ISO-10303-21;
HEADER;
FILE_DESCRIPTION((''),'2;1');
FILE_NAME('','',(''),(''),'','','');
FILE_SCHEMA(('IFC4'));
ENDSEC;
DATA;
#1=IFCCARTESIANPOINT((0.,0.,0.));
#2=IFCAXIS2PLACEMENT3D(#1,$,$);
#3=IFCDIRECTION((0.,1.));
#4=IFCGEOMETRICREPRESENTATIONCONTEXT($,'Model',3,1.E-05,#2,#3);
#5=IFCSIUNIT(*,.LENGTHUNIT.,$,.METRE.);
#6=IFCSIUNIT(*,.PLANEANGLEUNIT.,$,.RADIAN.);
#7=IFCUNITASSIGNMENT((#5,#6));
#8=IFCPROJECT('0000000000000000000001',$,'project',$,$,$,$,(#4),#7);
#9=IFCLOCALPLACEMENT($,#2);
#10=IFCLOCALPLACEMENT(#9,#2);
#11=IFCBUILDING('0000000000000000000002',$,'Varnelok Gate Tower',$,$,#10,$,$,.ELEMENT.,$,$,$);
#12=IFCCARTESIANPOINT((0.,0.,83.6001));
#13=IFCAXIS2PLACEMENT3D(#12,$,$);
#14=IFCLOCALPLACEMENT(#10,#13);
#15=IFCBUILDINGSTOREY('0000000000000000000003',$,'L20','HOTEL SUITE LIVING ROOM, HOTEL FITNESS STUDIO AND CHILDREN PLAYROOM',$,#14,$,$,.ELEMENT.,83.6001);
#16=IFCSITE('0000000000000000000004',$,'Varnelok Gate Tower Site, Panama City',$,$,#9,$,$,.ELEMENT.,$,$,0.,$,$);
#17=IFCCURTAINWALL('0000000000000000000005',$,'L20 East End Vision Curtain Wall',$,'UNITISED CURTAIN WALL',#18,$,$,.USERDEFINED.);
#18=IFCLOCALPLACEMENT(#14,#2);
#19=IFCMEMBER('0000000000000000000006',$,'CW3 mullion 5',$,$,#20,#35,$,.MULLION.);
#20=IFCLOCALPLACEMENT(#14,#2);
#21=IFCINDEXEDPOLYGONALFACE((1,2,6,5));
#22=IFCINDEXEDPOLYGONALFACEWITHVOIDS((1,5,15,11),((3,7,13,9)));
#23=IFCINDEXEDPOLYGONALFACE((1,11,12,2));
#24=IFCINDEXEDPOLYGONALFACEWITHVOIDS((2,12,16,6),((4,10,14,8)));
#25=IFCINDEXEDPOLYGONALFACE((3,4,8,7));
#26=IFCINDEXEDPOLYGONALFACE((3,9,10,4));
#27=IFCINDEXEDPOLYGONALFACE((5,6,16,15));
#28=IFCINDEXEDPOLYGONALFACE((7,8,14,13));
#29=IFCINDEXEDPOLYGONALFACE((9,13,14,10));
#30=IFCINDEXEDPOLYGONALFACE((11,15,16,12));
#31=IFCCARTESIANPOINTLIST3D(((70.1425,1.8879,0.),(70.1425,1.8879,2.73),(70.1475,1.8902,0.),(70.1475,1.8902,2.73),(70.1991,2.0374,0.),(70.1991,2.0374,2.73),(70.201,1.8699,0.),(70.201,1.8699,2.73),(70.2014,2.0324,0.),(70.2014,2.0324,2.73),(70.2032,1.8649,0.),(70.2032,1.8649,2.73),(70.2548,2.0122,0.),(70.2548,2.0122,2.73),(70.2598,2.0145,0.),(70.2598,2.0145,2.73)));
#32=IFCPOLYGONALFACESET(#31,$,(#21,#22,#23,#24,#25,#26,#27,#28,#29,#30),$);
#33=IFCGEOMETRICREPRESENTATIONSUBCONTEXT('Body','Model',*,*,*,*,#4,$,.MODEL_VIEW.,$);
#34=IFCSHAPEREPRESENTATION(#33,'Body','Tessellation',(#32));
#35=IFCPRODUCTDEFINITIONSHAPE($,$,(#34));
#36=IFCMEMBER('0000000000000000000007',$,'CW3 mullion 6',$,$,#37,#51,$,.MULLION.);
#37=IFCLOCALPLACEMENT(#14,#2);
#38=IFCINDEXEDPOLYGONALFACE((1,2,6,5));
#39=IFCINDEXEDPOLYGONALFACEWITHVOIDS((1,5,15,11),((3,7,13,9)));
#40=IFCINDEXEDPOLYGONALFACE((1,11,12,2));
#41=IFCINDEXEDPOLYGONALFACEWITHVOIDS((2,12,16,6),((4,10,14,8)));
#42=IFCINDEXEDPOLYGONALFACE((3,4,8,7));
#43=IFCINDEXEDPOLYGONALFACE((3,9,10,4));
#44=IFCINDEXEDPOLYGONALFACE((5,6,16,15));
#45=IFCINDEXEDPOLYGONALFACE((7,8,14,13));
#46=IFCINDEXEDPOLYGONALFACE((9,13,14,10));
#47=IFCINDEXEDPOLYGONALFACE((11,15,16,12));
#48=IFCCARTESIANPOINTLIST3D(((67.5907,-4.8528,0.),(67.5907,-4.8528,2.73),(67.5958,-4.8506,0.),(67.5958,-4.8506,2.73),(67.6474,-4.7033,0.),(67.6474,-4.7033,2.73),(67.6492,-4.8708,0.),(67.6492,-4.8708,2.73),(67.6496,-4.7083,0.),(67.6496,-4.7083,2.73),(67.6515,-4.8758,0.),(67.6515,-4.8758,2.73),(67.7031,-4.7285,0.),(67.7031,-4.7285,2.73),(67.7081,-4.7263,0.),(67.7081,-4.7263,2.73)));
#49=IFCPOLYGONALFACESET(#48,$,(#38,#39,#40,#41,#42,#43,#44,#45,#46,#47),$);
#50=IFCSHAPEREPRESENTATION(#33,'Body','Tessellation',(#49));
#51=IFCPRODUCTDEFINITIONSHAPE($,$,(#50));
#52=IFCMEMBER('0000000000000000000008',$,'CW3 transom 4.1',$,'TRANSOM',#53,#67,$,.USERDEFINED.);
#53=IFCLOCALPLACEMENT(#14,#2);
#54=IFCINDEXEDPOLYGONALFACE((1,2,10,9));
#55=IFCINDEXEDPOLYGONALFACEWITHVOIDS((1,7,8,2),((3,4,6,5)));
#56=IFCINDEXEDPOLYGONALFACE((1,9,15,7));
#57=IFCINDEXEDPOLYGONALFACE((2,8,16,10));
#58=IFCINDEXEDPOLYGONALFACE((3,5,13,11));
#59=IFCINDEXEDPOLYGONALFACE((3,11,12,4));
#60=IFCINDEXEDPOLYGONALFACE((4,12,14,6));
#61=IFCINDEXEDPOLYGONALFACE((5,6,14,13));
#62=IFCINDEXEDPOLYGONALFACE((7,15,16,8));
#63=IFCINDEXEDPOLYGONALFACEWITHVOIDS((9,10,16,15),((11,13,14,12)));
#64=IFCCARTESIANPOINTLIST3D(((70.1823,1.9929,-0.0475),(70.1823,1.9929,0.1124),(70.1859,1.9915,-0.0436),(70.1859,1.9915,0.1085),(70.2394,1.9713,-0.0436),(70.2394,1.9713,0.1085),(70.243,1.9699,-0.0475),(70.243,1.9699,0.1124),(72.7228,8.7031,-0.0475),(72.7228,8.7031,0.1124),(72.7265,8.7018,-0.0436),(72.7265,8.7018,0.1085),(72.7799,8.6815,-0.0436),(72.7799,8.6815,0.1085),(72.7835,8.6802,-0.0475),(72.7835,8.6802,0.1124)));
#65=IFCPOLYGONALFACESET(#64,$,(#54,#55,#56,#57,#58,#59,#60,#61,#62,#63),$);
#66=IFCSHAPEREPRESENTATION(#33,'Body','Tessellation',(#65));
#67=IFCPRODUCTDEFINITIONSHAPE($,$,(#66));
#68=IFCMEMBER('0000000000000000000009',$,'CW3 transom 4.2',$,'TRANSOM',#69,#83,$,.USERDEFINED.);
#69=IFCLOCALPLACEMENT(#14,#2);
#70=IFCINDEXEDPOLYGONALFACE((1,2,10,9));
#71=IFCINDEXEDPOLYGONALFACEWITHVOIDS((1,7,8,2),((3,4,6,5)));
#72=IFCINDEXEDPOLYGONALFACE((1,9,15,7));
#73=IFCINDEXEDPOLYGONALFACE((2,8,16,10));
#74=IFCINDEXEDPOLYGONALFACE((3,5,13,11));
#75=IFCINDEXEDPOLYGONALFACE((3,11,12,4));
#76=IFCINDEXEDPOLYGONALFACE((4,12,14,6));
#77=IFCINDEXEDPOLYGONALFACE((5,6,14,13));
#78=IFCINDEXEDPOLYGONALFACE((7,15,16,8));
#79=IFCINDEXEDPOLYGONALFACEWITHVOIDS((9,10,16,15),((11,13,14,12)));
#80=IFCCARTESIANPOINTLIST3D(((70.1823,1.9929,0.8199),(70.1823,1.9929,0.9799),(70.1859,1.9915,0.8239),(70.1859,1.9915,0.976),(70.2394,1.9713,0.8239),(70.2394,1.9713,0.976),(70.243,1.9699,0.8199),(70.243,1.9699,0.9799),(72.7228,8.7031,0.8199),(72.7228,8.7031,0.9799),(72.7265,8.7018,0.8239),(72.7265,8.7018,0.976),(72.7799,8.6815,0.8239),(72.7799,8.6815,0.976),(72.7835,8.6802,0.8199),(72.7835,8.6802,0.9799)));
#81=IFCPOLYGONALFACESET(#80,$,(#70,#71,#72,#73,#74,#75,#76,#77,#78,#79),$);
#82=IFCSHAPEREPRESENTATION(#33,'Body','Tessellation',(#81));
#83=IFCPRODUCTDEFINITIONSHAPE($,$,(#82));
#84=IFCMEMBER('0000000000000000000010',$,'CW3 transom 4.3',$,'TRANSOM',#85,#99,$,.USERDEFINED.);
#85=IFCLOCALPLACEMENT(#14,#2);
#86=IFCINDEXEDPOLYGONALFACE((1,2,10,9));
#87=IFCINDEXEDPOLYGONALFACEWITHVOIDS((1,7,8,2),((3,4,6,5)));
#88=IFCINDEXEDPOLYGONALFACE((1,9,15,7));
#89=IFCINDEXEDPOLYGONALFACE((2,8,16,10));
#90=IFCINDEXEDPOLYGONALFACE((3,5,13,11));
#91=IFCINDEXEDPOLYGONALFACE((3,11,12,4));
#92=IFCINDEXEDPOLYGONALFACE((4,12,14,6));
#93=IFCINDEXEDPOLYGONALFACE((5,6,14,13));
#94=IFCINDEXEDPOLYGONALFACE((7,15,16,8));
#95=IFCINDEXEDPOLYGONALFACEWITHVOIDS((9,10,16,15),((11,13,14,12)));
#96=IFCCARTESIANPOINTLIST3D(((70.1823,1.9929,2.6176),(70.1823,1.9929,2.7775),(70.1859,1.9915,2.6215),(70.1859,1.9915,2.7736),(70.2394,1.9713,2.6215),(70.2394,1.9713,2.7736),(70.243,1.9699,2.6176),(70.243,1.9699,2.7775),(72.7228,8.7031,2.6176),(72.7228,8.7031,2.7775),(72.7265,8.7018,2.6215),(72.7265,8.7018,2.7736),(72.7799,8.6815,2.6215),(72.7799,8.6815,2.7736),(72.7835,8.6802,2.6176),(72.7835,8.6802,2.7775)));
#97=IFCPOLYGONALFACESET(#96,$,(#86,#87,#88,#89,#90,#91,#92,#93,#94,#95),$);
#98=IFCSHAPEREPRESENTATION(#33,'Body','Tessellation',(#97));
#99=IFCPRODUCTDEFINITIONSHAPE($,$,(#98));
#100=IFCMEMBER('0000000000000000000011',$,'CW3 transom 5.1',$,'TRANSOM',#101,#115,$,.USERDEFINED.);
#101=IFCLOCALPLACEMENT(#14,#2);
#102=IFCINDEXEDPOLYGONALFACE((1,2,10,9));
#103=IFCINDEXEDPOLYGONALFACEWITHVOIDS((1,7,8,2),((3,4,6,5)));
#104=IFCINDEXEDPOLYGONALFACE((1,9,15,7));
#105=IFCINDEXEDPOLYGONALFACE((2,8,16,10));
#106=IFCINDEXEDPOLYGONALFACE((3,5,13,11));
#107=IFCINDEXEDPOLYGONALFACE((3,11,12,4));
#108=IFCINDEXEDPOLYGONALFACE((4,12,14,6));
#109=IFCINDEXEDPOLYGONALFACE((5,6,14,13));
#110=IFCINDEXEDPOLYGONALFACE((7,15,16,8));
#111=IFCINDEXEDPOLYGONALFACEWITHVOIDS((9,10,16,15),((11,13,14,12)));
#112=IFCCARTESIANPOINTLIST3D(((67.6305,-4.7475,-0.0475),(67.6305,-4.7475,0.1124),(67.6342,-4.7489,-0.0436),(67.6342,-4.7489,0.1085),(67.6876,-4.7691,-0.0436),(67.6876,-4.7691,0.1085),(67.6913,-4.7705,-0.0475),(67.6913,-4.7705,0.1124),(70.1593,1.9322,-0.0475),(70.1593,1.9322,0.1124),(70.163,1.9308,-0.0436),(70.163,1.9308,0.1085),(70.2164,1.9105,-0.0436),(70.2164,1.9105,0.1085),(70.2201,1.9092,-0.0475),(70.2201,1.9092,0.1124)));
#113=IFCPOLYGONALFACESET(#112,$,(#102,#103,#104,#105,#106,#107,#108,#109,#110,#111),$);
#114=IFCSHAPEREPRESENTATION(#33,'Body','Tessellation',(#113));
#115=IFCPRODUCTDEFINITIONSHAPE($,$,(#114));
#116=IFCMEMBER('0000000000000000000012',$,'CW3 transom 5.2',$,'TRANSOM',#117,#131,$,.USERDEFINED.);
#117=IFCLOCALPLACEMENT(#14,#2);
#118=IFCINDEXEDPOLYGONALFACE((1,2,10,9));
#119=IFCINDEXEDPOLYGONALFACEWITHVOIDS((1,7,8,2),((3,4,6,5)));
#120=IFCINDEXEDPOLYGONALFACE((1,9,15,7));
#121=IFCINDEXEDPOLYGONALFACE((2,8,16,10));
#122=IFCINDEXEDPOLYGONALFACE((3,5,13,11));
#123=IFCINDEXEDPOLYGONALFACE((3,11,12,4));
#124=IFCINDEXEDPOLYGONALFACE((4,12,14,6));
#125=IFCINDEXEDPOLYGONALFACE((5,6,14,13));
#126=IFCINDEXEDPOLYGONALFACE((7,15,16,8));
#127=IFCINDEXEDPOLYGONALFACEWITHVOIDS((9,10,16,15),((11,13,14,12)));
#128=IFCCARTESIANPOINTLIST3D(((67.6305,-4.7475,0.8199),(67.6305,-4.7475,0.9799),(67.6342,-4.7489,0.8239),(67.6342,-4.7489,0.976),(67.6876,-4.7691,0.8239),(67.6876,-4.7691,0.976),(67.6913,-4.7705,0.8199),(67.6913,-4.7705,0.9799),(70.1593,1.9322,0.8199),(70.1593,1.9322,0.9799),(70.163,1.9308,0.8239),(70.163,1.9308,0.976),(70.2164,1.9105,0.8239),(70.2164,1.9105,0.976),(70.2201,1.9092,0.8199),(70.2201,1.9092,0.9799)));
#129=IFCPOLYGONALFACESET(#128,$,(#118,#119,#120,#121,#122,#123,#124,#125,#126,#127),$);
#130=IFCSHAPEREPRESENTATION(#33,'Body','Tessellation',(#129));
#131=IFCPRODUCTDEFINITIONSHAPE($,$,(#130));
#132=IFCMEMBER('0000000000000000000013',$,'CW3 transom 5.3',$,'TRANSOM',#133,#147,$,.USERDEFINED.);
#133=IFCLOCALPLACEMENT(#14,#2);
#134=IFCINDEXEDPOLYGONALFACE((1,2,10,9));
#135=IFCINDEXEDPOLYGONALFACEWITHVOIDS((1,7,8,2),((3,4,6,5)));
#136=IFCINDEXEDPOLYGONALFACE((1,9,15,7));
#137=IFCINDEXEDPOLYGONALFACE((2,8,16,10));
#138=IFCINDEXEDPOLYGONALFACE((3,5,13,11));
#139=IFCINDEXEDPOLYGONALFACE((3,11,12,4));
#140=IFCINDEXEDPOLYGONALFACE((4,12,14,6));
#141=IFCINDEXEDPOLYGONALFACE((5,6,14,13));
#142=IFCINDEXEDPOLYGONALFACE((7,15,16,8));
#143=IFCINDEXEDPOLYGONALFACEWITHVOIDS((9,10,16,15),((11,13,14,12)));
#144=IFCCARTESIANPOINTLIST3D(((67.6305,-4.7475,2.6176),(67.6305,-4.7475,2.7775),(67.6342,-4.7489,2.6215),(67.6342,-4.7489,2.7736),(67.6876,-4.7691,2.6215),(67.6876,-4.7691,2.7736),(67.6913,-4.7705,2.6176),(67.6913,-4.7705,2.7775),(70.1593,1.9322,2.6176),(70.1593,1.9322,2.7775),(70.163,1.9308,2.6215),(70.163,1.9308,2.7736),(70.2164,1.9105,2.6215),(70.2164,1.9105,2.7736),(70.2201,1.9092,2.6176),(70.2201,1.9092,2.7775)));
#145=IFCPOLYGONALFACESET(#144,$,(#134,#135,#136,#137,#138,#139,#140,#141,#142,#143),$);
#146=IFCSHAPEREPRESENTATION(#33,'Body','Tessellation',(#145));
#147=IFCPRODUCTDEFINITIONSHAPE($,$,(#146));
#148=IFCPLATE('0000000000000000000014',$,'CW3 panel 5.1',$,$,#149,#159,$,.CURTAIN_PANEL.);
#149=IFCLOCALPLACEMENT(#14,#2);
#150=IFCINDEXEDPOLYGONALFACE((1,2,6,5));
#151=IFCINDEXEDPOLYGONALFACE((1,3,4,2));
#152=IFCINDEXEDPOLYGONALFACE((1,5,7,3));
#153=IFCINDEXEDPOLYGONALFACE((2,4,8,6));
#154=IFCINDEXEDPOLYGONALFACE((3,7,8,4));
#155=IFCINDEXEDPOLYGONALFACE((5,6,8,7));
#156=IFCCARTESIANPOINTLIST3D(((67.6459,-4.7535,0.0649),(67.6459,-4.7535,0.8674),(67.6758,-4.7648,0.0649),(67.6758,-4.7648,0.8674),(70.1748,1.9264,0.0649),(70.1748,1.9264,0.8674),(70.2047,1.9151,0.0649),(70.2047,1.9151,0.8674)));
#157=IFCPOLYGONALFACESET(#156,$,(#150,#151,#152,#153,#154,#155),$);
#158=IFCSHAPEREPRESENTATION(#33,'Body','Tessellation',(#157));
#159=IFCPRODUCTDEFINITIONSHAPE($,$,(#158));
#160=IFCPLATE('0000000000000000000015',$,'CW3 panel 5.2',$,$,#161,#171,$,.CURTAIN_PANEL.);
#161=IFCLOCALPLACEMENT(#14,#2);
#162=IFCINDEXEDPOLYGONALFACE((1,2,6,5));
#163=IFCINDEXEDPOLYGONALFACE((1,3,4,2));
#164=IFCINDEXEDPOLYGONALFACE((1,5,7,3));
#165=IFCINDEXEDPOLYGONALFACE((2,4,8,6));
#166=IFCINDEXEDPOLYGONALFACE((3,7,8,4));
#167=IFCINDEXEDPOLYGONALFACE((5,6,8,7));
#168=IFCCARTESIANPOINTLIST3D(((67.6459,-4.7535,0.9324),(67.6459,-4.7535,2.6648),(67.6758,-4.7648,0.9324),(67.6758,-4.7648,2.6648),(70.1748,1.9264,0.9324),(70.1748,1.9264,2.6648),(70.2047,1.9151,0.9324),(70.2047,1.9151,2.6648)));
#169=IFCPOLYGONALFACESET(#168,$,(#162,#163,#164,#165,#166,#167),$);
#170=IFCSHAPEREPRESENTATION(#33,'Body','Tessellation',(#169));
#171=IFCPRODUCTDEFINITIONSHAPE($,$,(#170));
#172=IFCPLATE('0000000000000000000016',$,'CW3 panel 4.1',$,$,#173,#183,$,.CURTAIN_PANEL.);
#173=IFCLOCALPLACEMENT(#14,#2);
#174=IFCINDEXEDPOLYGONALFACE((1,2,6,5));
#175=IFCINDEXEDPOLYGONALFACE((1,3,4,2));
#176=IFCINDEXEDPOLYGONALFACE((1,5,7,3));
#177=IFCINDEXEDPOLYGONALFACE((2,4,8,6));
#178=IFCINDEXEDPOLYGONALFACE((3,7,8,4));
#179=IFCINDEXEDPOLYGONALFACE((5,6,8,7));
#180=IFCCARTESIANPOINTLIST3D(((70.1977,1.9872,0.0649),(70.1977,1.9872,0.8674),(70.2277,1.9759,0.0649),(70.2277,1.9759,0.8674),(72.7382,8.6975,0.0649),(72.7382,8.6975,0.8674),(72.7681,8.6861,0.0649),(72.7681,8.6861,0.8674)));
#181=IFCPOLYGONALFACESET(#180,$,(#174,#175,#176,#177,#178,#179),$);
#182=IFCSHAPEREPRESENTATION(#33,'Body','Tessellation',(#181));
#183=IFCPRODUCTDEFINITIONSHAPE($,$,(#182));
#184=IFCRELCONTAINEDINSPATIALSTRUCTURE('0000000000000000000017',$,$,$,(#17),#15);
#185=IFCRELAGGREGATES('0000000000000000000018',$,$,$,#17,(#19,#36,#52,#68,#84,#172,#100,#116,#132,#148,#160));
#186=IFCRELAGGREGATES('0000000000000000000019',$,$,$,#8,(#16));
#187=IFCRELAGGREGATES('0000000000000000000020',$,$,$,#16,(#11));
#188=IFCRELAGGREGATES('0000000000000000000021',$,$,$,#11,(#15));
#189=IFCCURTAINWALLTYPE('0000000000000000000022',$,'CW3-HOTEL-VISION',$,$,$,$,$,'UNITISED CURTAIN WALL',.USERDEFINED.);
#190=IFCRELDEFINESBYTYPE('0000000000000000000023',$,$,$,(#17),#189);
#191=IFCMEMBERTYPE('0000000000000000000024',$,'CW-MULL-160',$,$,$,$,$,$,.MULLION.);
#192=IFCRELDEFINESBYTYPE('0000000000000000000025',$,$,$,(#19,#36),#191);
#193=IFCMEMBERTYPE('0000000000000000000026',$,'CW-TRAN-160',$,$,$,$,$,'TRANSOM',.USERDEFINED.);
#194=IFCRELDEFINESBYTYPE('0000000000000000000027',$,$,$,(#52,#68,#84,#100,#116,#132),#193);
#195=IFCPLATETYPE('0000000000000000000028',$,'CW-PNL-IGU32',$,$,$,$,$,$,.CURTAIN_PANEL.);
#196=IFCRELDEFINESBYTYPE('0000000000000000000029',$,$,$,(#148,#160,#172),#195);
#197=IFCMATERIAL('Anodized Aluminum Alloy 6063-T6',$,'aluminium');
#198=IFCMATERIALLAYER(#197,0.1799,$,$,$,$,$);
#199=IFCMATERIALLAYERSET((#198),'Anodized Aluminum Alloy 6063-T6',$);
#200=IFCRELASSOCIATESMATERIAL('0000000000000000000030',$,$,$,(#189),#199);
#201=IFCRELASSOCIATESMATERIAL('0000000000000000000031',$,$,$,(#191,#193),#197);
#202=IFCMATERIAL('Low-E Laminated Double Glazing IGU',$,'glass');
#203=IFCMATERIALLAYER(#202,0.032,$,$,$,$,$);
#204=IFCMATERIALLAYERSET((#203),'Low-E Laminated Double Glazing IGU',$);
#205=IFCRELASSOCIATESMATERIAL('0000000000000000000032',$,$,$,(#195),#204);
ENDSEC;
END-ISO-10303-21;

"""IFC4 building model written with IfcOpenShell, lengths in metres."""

from ifc_helpers import new_model, si_unit, direction, frame, origin, origin_2d, place, context, subcontext, project, spatial, rectangle, hollow_rectangle, extrude, source, transform, mapped, material, layer, layer_set, material_profile, profile_set, type_object, element, aggregate, save


model = new_model("IFC4")

# Units and contexts
model_context = context("Model", 3, precision=1e-05, world=origin(), true_north=direction((0.0, 1.0)))
body_context = subcontext(model_context, "Body", "Model", "MODEL_VIEW")
ifc_project = project(units=[si_unit("LENGTHUNIT", "METRE"), si_unit("PLANEANGLEUNIT", "RADIAN")], contexts=[model_context])

# Site, building, storey
site_placement = place(None, origin())
site = spatial("IfcSite", under=ifc_project, at=site_placement, Name="Varnelok Gate Tower Site, Panama City", CompositionType="ELEMENT", RefElevation=0.0)
building_placement = place(site_placement, origin())
building = spatial("IfcBuilding", under=site, at=building_placement, Name="Varnelok Gate Tower", CompositionType="ELEMENT")
storey_placement = place(building_placement, frame((0.0, 0.0, 83.6001)))
storey = spatial("IfcBuildingStorey", under=building, at=storey_placement, Name="L20", Description="HOTEL SUITE LIVING ROOM, HOTEL FITNESS STUDIO AND CHILDREN PLAYROOM", CompositionType="ELEMENT", Elevation=83.6001)

# Curtain wall, members, plates
ifc_material_1 = material(Name="Anodized Aluminum Alloy 6063-T6", Category="aluminium")
ifc_layer_1 = layer(ifc_material_1, 0.1799)
ifc_layer_set_1 = layer_set([ifc_layer_1], Name="Anodized Aluminum Alloy 6063-T6")
curtain_wall_type = type_object("IfcCurtainWallType", Name="CW3-HOTEL-VISION", ElementType="UNITISED CURTAIN WALL", PredefinedType="USERDEFINED", material=ifc_layer_set_1)
curtain_wall_placement = place(storey_placement, origin())
curtain_wall = element("IfcCurtainWall", 1, at=curtain_wall_placement, inside=storey, type_object=curtain_wall_type, Name="L20 East End Vision Curtain Wall", ObjectType="UNITISED CURTAIN WALL", PredefinedType="USERDEFINED")
ifc_material_profile_1 = material_profile(ifc_material_1, hollow_rectangle(XDim=0.0649, YDim=0.1599, WallThickness=0.0039, at=origin_2d()), Name="ALU160X65X4")
ifc_profile_set_1 = profile_set([ifc_material_profile_1], Name="Anodized Aluminum Alloy 6063-T6")
member_type_1 = type_object("IfcMemberType", Name="CW-MULL-160", PredefinedType="MULLION", material=ifc_profile_set_1)
member_1_placement = place(storey_placement, frame((70.2012, 1.9512, 0.0), z_axis=(0.0, 0.0, 1.0), x_axis=(0.935221, -0.354064, 0.0)))
member_1 = element("IfcMember", 2, at=member_1_placement, type_object=member_type_1, Name="CW3 mullion 5", PredefinedType="MULLION", context=body_context, shape_type="SweptSolid", body=[
    extrude(hollow_rectangle(XDim=0.0649, YDim=0.1599, WallThickness=0.0039, at=origin_2d()), origin(), (0.0, 0.0, 1.0), 2.73),
])
member_2_placement = place(storey_placement, frame((67.6494, -4.7896, 0.0), z_axis=(0.0, 0.0, 1.0), x_axis=(0.935221, -0.354064, 0.0)))
member_2 = element("IfcMember", 3, at=member_2_placement, type_object=member_type_1, Name="CW3 mullion 6", PredefinedType="MULLION", context=body_context, shape_type="SweptSolid", body=[
    extrude(hollow_rectangle(XDim=0.0649, YDim=0.1599, WallThickness=0.0039, at=origin_2d()), origin(), (0.0, 0.0, 1.0), 2.73),
])
ifc_material_profile_2 = material_profile(ifc_material_1, hollow_rectangle(XDim=0.0649, YDim=0.1599, WallThickness=0.0039, at=origin_2d()), Name="ALU160X65X4")
ifc_profile_set_2 = profile_set([ifc_material_profile_2], Name="Anodized Aluminum Alloy 6063-T6")
member_type_2 = type_object("IfcMemberType", Name="CW-TRAN-160", ElementType="TRANSOM", PredefinedType="USERDEFINED", material=ifc_profile_set_2)
member_3_placement = place(storey_placement, frame((72.7532, 8.6917, 0.0325), z_axis=(-0.354079, -0.935216, 0.0), x_axis=(0.935216, -0.354079, 0.0)))
member_3 = element("IfcMember", 4, at=member_3_placement, type_object=member_type_2, Name="CW3 transom 4.1", ObjectType="TRANSOM", PredefinedType="USERDEFINED", context=body_context, shape_type="SweptSolid", body=[
    extrude(hollow_rectangle(XDim=0.0649, YDim=0.1599, WallThickness=0.0039, at=origin_2d()), origin(), (0.0, 0.0, 1.0), 7.175),
])
member_4_placement = place(storey_placement, frame((72.7532, 8.6917, 0.8999), z_axis=(-0.354079, -0.935216, 0.0), x_axis=(0.935216, -0.354079, 0.0)))
member_4 = element("IfcMember", 5, at=member_4_placement, type_object=member_type_2, Name="CW3 transom 4.2", ObjectType="TRANSOM", PredefinedType="USERDEFINED", context=body_context, shape_type="SweptSolid", body=[
    extrude(hollow_rectangle(XDim=0.0649, YDim=0.1599, WallThickness=0.0039, at=origin_2d()), origin(), (0.0, 0.0, 1.0), 7.175),
])
member_5_placement = place(storey_placement, frame((72.7532, 8.6917, 2.6975), z_axis=(-0.354079, -0.935216, 0.0), x_axis=(0.935216, -0.354079, 0.0)))
member_5 = element("IfcMember", 6, at=member_5_placement, type_object=member_type_2, Name="CW3 transom 4.3", ObjectType="TRANSOM", PredefinedType="USERDEFINED", context=body_context, shape_type="SweptSolid", body=[
    extrude(hollow_rectangle(XDim=0.0649, YDim=0.1599, WallThickness=0.0039, at=origin_2d()), origin(), (0.0, 0.0, 1.0), 7.175),
])
member_6_placement = place(storey_placement, frame((70.1897, 1.9207, 0.0325), z_axis=(-0.354059, -0.935223, 0.0), x_axis=(0.935223, -0.354059, 0.0)))
member_6 = element("IfcMember", 7, at=member_6_placement, type_object=member_type_2, Name="CW3 transom 5.1", ObjectType="TRANSOM", PredefinedType="USERDEFINED", context=body_context, shape_type="SweptSolid", body=[
    extrude(hollow_rectangle(XDim=0.0649, YDim=0.1599, WallThickness=0.0039, at=origin_2d()), origin(), (0.0, 0.0, 1.0), 7.1423),
])
member_7_placement = place(storey_placement, frame((70.1897, 1.9207, 0.8999), z_axis=(-0.354059, -0.935223, 0.0), x_axis=(0.935223, -0.354059, 0.0)))
member_7 = element("IfcMember", 8, at=member_7_placement, type_object=member_type_2, Name="CW3 transom 5.2", ObjectType="TRANSOM", PredefinedType="USERDEFINED", context=body_context, shape_type="SweptSolid", body=[
    extrude(hollow_rectangle(XDim=0.0649, YDim=0.1599, WallThickness=0.0039, at=origin_2d()), origin(), (0.0, 0.0, 1.0), 7.1423),
])
member_8_placement = place(storey_placement, frame((70.1897, 1.9207, 2.6975), z_axis=(-0.354059, -0.935223, 0.0), x_axis=(0.935223, -0.354059, 0.0)))
member_8 = element("IfcMember", 9, at=member_8_placement, type_object=member_type_2, Name="CW3 transom 5.3", ObjectType="TRANSOM", PredefinedType="USERDEFINED", context=body_context, shape_type="SweptSolid", body=[
    extrude(hollow_rectangle(XDim=0.0649, YDim=0.1599, WallThickness=0.0039, at=origin_2d()), origin(), (0.0, 0.0, 1.0), 7.1423),
])
ifc_material_2 = material(Name="Low-E Laminated Double Glazing IGU", Category="glass")
ifc_layer_2 = layer(ifc_material_2, 0.032)
ifc_layer_set_2 = layer_set([ifc_layer_2], Name="Low-E Laminated Double Glazing IGU")
plate_type = type_object("IfcPlateType", Name="CW-PNL-IGU32", PredefinedType="CURTAIN_PANEL", material=ifc_layer_set_2)
shared_shape_1 = source(origin(), body_context, "Body", "SweptSolid", [
    extrude(rectangle(XDim=7.1426, YDim=0.032, at=origin_2d()), origin(), (0.0, 0.0, 1.0), 0.8025),
])
plate_1_placement = place(storey_placement, frame((68.9253, -1.4192, 0.0649), z_axis=(0.0, 0.0, 1.0), x_axis=(-0.354064, -0.935221, 0.0)))
plate_1 = element("IfcPlate", 10, at=plate_1_placement, type_object=plate_type, Name="CW3 panel 5.1", PredefinedType="CURTAIN_PANEL", context=body_context, shape_type="MappedRepresentation", body=[
    mapped(shared_shape_1, transform((0.0, 0.0, 0.0), scale=1.0)),
])
shared_shape_2 = source(origin(), body_context, "Body", "SweptSolid", [
    extrude(rectangle(XDim=7.1426, YDim=0.032, at=origin_2d()), origin(), (0.0, 0.0, 1.0), 1.7324),
])
plate_2_placement = place(storey_placement, frame((68.9253, -1.4192, 0.9324), z_axis=(0.0, 0.0, 1.0), x_axis=(-0.354064, -0.935221, 0.0)))
plate_2 = element("IfcPlate", 11, at=plate_2_placement, type_object=plate_type, Name="CW3 panel 5.2", PredefinedType="CURTAIN_PANEL", context=body_context, shape_type="MappedRepresentation", body=[
    mapped(shared_shape_2, transform((0.0, 0.0, 0.0), scale=1.0)),
])
shared_shape_3 = source(origin(), body_context, "Body", "SweptSolid", [
    extrude(rectangle(XDim=7.175, YDim=0.032, at=origin_2d()), origin(), (0.0, 0.0, 1.0), 0.8025),
])
plate_3_placement = place(storey_placement, frame((71.4829, 5.3367, 0.0649), z_axis=(0.0, 0.0, 1.0), x_axis=(-0.354064, -0.935221, 0.0)))
plate_3 = element("IfcPlate", 12, at=plate_3_placement, type_object=plate_type, Name="CW3 panel 4.1", PredefinedType="CURTAIN_PANEL", context=body_context, shape_type="MappedRepresentation", body=[
    mapped(shared_shape_3, transform((0.0, 0.0, 0.0), scale=1.0)),
])
aggregate(curtain_wall, [member_1, member_2, member_3, member_4, member_5, plate_3, member_6, member_7, member_8, plate_1, plate_2])

save(model, "model.ifc")
